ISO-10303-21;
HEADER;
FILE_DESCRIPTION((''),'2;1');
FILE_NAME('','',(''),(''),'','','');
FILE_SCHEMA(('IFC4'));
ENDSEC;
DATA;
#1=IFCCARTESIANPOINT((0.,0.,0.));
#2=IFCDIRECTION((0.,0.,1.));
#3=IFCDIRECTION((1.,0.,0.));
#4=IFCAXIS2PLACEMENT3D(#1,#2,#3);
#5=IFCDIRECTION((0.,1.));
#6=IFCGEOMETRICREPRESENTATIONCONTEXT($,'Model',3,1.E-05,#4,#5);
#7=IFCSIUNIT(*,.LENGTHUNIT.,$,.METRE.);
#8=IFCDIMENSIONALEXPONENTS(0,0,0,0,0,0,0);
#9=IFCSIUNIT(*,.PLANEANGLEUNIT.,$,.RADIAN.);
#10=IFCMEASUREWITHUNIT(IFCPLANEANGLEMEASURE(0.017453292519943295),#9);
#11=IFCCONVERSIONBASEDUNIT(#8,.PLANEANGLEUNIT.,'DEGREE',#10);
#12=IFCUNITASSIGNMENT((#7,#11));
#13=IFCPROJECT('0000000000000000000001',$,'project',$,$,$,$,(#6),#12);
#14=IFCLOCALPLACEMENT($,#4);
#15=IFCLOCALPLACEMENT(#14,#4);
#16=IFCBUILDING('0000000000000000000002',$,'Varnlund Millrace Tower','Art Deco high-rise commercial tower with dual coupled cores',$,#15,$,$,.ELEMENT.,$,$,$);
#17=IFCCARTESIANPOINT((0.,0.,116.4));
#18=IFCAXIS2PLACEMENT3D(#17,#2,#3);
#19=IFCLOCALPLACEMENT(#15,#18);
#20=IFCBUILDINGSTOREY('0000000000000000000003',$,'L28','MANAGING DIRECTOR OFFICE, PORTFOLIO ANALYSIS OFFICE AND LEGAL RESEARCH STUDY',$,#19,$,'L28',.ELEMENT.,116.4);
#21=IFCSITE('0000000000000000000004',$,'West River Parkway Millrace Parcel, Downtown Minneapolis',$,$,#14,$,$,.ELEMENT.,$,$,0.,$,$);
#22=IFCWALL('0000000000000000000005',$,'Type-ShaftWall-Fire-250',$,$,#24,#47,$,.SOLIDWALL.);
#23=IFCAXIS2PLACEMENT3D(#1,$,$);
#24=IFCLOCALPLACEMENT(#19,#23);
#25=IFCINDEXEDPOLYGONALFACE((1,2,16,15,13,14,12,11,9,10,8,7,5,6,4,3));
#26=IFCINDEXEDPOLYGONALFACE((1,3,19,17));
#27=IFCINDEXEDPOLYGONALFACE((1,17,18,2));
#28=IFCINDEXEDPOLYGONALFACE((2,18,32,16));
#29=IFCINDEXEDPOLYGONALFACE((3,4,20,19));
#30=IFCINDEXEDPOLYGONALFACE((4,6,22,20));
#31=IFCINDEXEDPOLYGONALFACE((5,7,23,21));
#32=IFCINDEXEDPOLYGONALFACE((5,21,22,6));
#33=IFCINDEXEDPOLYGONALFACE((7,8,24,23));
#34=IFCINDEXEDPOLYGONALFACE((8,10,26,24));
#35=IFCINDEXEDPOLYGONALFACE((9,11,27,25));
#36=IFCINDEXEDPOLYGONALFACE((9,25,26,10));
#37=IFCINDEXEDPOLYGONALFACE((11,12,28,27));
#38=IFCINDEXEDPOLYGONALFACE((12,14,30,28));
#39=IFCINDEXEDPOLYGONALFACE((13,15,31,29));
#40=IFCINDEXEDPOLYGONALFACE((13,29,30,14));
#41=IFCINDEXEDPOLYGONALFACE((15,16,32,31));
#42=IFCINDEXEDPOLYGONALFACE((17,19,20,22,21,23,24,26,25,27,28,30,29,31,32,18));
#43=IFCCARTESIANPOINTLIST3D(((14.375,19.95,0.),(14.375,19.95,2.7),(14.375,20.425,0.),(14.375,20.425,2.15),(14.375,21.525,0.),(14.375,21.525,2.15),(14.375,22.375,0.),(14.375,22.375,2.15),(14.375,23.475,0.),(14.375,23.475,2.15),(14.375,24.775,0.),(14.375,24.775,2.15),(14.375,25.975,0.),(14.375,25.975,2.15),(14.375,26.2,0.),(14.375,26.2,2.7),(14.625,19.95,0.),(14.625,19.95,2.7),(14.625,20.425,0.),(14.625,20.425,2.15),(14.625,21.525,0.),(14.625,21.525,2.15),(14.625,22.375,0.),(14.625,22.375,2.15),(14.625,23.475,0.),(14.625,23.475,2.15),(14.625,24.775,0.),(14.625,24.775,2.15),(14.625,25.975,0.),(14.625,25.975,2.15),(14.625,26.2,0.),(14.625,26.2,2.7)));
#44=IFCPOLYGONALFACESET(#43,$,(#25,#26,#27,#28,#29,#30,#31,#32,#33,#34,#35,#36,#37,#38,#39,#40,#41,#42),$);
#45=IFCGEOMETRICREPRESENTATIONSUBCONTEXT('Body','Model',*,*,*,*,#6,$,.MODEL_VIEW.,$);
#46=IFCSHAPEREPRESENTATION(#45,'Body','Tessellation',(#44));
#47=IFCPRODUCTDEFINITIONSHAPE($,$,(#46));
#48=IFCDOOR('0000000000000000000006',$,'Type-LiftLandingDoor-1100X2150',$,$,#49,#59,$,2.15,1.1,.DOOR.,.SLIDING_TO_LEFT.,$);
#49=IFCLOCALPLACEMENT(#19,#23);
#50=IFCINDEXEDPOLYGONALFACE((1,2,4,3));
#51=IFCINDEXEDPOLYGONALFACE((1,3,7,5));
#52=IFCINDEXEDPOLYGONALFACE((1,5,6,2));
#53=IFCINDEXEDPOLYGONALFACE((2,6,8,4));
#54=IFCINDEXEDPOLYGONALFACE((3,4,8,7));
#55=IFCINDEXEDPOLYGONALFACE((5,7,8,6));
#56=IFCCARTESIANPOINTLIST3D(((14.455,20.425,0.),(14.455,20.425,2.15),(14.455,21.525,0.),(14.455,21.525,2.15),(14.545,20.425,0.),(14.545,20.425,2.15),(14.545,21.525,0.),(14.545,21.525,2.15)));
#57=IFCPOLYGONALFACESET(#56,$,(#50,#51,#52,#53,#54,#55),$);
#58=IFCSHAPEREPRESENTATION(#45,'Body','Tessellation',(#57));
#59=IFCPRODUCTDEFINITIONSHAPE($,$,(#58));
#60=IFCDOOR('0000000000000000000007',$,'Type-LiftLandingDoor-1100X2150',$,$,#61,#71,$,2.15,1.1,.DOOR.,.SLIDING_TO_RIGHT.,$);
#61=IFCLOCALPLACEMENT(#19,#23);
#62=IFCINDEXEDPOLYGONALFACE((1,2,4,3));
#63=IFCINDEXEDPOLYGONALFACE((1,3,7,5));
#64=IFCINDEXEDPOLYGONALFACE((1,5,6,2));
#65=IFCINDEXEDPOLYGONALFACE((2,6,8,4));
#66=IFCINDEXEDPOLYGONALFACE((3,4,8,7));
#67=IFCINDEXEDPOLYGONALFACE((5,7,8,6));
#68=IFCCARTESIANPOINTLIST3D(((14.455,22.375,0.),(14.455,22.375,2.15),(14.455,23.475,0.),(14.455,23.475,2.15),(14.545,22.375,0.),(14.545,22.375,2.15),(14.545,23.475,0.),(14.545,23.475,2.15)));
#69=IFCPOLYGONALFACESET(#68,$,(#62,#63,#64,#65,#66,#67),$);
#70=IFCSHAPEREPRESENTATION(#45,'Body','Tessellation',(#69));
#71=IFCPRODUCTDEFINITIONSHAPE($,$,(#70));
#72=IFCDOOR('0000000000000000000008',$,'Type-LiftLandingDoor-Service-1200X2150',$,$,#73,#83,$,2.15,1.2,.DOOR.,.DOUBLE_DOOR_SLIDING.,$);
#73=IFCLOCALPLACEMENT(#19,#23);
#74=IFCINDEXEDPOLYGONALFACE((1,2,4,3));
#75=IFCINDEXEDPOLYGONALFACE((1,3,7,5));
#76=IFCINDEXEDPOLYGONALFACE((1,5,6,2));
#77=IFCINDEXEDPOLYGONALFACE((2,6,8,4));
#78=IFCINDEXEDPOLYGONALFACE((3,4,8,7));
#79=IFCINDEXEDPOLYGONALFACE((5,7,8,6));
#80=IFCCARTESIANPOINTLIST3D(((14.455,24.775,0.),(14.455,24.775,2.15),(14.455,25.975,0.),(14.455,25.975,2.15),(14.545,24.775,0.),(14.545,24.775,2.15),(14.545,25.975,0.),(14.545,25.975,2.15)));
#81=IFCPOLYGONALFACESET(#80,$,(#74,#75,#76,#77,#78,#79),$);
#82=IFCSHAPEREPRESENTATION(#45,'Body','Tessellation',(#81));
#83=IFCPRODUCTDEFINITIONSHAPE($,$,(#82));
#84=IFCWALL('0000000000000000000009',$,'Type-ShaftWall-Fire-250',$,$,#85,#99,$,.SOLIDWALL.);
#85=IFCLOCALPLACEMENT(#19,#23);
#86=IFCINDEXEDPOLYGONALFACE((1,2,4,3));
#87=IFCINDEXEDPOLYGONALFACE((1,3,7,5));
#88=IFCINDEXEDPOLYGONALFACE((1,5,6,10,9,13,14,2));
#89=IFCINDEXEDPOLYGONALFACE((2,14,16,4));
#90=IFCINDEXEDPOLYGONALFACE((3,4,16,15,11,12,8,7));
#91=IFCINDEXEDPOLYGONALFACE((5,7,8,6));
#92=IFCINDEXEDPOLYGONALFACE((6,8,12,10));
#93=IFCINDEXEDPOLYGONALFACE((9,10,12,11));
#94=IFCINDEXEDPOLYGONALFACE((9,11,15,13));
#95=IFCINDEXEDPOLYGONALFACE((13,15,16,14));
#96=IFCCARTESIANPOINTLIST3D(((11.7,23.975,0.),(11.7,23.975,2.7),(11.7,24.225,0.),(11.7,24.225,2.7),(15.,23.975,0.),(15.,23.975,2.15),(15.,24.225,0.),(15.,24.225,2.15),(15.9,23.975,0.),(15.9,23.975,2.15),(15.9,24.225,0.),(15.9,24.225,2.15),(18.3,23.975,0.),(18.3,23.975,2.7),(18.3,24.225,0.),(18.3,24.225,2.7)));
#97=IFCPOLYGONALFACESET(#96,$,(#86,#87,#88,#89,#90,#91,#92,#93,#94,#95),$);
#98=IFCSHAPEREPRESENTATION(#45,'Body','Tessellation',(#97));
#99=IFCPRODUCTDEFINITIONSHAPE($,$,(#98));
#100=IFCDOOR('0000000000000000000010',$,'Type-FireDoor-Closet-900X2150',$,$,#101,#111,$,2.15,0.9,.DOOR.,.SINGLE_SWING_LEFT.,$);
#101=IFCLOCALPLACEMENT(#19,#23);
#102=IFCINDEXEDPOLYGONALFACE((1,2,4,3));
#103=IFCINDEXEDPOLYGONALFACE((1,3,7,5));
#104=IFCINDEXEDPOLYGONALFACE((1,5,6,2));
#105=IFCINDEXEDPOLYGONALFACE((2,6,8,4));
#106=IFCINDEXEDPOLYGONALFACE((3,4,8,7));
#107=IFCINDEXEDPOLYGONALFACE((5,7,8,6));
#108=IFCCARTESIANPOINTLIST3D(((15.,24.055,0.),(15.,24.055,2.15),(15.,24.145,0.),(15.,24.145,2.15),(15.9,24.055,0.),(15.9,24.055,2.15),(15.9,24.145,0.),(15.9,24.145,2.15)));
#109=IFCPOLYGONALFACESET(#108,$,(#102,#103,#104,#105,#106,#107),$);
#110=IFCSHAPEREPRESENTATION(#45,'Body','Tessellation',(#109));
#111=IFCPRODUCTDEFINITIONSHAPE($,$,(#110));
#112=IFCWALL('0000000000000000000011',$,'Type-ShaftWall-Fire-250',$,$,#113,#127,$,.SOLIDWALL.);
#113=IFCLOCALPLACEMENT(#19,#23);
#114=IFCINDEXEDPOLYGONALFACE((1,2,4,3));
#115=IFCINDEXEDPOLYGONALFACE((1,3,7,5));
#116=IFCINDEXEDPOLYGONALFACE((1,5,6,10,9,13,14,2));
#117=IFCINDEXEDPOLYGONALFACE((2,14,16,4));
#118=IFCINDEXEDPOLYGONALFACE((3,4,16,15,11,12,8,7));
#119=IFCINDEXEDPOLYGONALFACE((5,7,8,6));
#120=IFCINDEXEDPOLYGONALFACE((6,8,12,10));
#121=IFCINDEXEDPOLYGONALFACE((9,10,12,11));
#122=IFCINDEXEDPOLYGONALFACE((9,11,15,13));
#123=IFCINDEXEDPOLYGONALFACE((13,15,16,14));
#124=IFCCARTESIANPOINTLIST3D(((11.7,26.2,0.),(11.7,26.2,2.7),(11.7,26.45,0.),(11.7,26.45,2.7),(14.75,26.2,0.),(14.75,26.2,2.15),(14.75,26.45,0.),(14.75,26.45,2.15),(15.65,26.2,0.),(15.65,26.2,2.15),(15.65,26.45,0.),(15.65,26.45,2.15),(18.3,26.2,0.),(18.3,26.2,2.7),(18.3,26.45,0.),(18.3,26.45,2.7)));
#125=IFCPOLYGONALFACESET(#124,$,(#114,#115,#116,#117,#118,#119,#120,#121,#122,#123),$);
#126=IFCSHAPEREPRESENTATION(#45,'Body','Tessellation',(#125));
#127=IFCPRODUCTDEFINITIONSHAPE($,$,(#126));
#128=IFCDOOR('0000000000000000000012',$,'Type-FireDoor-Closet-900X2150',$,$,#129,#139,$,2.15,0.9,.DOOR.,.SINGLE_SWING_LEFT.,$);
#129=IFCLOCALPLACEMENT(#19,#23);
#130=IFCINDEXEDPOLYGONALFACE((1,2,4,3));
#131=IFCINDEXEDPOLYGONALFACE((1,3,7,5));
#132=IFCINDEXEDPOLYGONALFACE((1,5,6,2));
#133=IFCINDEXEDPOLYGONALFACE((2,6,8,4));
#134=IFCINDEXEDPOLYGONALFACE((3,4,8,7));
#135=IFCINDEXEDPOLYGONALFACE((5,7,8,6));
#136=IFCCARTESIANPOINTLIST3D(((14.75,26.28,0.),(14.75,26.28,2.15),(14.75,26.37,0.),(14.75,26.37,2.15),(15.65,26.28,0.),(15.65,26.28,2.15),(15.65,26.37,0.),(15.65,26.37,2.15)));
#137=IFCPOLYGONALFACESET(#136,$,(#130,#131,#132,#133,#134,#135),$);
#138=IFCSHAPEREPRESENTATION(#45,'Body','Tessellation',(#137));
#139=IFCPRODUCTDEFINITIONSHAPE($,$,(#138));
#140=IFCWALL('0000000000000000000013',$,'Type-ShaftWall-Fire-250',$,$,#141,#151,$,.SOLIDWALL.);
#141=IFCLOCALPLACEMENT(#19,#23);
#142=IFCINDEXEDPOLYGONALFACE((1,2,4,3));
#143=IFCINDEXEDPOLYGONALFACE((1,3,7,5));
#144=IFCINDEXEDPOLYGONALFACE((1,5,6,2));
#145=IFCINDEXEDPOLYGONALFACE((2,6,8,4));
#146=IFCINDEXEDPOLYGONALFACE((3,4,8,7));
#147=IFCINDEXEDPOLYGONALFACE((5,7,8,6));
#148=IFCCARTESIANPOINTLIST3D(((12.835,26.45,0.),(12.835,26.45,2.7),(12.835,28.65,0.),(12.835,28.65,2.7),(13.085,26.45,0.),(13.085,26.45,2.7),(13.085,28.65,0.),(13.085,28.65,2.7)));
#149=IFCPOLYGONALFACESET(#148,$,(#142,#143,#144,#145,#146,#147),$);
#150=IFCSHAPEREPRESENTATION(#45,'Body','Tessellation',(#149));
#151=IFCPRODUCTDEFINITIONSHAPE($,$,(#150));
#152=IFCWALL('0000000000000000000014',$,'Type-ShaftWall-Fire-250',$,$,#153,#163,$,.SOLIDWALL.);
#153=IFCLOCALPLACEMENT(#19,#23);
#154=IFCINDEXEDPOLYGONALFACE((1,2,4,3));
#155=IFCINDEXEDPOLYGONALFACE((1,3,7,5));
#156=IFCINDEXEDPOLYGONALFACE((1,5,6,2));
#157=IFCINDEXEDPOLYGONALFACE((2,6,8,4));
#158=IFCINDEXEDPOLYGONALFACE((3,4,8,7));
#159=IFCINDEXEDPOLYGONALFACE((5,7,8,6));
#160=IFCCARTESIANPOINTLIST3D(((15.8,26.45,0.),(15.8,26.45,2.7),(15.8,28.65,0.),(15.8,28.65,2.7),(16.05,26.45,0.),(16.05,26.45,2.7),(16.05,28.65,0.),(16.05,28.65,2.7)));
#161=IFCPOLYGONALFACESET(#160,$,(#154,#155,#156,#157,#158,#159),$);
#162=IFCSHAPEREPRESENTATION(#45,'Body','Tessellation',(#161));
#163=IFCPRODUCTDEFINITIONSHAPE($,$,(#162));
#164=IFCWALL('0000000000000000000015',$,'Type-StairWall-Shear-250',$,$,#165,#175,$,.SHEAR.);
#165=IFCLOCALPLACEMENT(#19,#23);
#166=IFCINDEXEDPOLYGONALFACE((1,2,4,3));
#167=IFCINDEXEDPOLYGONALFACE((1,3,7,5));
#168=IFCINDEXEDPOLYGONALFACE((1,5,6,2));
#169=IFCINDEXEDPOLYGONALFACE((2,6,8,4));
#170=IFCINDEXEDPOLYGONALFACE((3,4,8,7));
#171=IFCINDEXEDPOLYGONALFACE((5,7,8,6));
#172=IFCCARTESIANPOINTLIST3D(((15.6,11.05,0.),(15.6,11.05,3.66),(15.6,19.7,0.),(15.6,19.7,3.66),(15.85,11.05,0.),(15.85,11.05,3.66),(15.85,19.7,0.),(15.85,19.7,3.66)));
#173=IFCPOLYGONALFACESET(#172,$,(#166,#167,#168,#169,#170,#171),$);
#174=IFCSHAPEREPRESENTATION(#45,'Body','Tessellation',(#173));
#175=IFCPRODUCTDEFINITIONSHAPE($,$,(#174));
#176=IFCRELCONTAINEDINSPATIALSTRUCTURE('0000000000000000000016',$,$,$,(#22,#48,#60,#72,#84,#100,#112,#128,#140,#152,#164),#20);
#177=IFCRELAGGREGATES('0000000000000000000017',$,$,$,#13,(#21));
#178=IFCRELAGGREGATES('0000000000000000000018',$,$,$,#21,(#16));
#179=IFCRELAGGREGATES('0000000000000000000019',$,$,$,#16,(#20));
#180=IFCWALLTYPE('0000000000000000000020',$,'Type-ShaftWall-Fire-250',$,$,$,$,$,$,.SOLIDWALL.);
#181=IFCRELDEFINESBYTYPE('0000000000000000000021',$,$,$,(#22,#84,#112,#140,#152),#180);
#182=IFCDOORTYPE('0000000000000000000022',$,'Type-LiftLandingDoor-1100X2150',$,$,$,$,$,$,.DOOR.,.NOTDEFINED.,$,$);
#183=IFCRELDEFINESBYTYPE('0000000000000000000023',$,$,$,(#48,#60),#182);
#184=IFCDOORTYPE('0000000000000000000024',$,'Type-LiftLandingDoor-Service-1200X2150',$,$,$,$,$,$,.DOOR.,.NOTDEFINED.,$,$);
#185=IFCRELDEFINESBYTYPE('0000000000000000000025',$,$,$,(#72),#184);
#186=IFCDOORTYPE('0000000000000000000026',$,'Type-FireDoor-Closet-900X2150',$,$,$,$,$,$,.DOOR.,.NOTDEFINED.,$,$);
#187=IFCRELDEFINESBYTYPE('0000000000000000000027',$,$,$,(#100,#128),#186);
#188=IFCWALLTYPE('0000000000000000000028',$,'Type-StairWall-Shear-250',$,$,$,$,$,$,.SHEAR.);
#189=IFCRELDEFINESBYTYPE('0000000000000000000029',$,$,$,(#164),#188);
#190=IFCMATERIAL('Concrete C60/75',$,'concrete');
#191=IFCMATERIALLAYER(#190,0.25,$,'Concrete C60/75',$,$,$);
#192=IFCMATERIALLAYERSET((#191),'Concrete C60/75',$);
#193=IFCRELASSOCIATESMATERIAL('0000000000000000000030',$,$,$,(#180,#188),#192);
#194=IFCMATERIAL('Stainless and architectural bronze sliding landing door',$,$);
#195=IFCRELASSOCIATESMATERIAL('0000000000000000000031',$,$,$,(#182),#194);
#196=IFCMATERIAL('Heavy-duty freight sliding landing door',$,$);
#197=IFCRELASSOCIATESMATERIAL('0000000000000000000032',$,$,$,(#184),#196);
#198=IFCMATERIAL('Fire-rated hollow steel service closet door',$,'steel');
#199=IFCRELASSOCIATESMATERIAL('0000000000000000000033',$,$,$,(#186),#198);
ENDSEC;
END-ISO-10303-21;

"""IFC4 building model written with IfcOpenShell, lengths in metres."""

from ifc_helpers import new_model, entity, si_unit, converted_unit, direction, frame, origin_with_axes, origin_2d_with_axis, place, context, subcontext, project, spatial, polyline, rectangle, outline, extrude, material, layer, layer_set, type_object, element, fill, save


model = new_model("IFC4")

# Units and contexts
model_context = context("Model", 3, precision=1e-05, world=origin_with_axes(), true_north=direction((0.0, 1.0)))
body_context = subcontext(model_context, "Body", "Model", "MODEL_VIEW")
ifc_project = project(units=[si_unit("LENGTHUNIT", "METRE"), converted_unit("PLANEANGLEUNIT", "DEGREE", entity("IfcPlaneAngleMeasure", 0.017453292519943295), si_unit("PLANEANGLEUNIT", "RADIAN"), dimensions=[0, 0, 0, 0, 0, 0, 0])], contexts=[model_context])

# Site, building, storey
site_placement = place(None, origin_with_axes())
site = spatial("IfcSite", under=ifc_project, at=site_placement, Name="West River Parkway Millrace Parcel, Downtown Minneapolis", CompositionType="ELEMENT", RefElevation=0.0)
building_placement = place(site_placement, origin_with_axes())
building = spatial("IfcBuilding", under=site, at=building_placement, Name="Varnlund Millrace Tower", Description="Art Deco high-rise commercial tower with dual coupled cores", CompositionType="ELEMENT")
storey_placement = place(building_placement, frame((0.0, 0.0, 116.4), z_axis=(0.0, 0.0, 1.0), x_axis=(1.0, 0.0, 0.0)))
storey = spatial("IfcBuildingStorey", under=building, at=storey_placement, Name="L28", Description="MANAGING DIRECTOR OFFICE, PORTFOLIO ANALYSIS OFFICE AND LEGAL RESEARCH STUDY", LongName="L28", CompositionType="ELEMENT", Elevation=116.4)

# Wall, openings, doors
ifc_material_1 = material(Name="Concrete C60/75", Category="concrete")
ifc_layer_1 = layer(ifc_material_1, 0.25, Name="Concrete C60/75")
ifc_layer_set_1 = layer_set([ifc_layer_1], Name="Concrete C60/75")
wall_type_1 = type_object("IfcWallType", Name="Type-ShaftWall-Fire-250", PredefinedType="SOLIDWALL", material=ifc_layer_set_1)
wall_1_placement = place(storey_placement, frame((14.5, 19.95, 0.0), z_axis=(0.0, 0.0, 1.0), x_axis=(0.0, 1.0, 0.0)))
wall_1 = element("IfcWall", 1, at=wall_1_placement, inside=storey, type_object=wall_type_1, Name="Type-ShaftWall-Fire-250", PredefinedType="SOLIDWALL", context=body_context, shape_type="SweptSolid", body=[
    extrude(outline(polyline([(0.0, -0.125), (6.25, -0.125), (6.25, 0.125), (0.0, 0.125), (0.0, -0.125)])), origin_with_axes(), (0.0, 0.0, 1.0), 2.7),
])
opening_1_placement = place(wall_1_placement, frame((1.025, 0.0, 0.0), z_axis=(0.0, 0.0, 1.0), x_axis=(1.0, 0.0, 0.0)))
opening_1 = element("IfcOpeningElement", 2, at=opening_1_placement, cuts=wall_1, PredefinedType="OPENING", context=body_context, shape_type="SweptSolid", body=[
    extrude(rectangle(XDim=1.1, YDim=0.27, at=origin_2d_with_axis()), origin_with_axes(), (0.0, 0.0, 1.0), 2.15),
])
opening_2_placement = place(wall_1_placement, frame((2.975, 0.0, 0.0), z_axis=(0.0, 0.0, 1.0), x_axis=(1.0, 0.0, 0.0)))
opening_2 = element("IfcOpeningElement", 3, at=opening_2_placement, cuts=wall_1, PredefinedType="OPENING", context=body_context, shape_type="SweptSolid", body=[
    extrude(rectangle(XDim=1.1, YDim=0.27, at=origin_2d_with_axis()), origin_with_axes(), (0.0, 0.0, 1.0), 2.15),
])
opening_3_placement = place(wall_1_placement, frame((5.425, 0.0, 0.0), z_axis=(0.0, 0.0, 1.0), x_axis=(1.0, 0.0, 0.0)))
opening_3 = element("IfcOpeningElement", 4, at=opening_3_placement, cuts=wall_1, PredefinedType="OPENING", context=body_context, shape_type="SweptSolid", body=[
    extrude(rectangle(XDim=1.2, YDim=0.27, at=origin_2d_with_axis()), origin_with_axes(), (0.0, 0.0, 1.0), 2.15),
])
ifc_material_2 = material(Name="Stainless and architectural bronze sliding landing door")
door_type_1 = type_object("IfcDoorType", Name="Type-LiftLandingDoor-1100X2150", OperationType="NOTDEFINED", PredefinedType="DOOR", material=ifc_material_2)
door_1_placement = place(wall_1_placement, frame((1.025, 0.0, 0.0), z_axis=(0.0, 0.0, 1.0), x_axis=(1.0, 0.0, 0.0)))
door_1 = element("IfcDoor", 5, at=door_1_placement, inside=storey, type_object=door_type_1, Name="Type-LiftLandingDoor-1100X2150", OperationType="SLIDING_TO_LEFT", OverallHeight=2.15, OverallWidth=1.1, PredefinedType="DOOR", context=body_context, shape_type="SweptSolid", body=[
    extrude(rectangle(XDim=1.1, YDim=0.09, at=origin_2d_with_axis()), origin_with_axes(), (0.0, 0.0, 1.0), 2.15),
])
fill(opening_1, door_1)
door_2_placement = place(wall_1_placement, frame((2.975, 0.0, 0.0), z_axis=(0.0, 0.0, 1.0), x_axis=(1.0, 0.0, 0.0)))
door_2 = element("IfcDoor", 6, at=door_2_placement, inside=storey, type_object=door_type_1, Name="Type-LiftLandingDoor-1100X2150", OperationType="SLIDING_TO_RIGHT", OverallHeight=2.15, OverallWidth=1.1, PredefinedType="DOOR", context=body_context, shape_type="SweptSolid", body=[
    extrude(rectangle(XDim=1.1, YDim=0.09, at=origin_2d_with_axis()), origin_with_axes(), (0.0, 0.0, 1.0), 2.15),
])
fill(opening_2, door_2)
ifc_material_3 = material(Name="Heavy-duty freight sliding landing door")
door_type_2 = type_object("IfcDoorType", Name="Type-LiftLandingDoor-Service-1200X2150", OperationType="NOTDEFINED", PredefinedType="DOOR", material=ifc_material_3)
door_3_placement = place(wall_1_placement, frame((5.425, 0.0, 0.0), z_axis=(0.0, 0.0, 1.0), x_axis=(1.0, 0.0, 0.0)))
door_3 = element("IfcDoor", 7, at=door_3_placement, inside=storey, type_object=door_type_2, Name="Type-LiftLandingDoor-Service-1200X2150", OperationType="DOUBLE_DOOR_SLIDING", OverallHeight=2.15, OverallWidth=1.2, PredefinedType="DOOR", context=body_context, shape_type="SweptSolid", body=[
    extrude(rectangle(XDim=1.2, YDim=0.09, at=origin_2d_with_axis()), origin_with_axes(), (0.0, 0.0, 1.0), 2.15),
])
fill(opening_3, door_3)

# Walls, openings, doors
wall_2_placement = place(storey_placement, frame((11.7, 24.1, 0.0), z_axis=(0.0, 0.0, 1.0), x_axis=(1.0, 0.0, 0.0)))
wall_2 = element("IfcWall", 8, at=wall_2_placement, inside=storey, type_object=wall_type_1, Name="Type-ShaftWall-Fire-250", PredefinedType="SOLIDWALL", context=body_context, shape_type="SweptSolid", body=[
    extrude(outline(polyline([(0.0, -0.125), (6.6, -0.125), (6.6, 0.125), (0.0, 0.125), (0.0, -0.125)])), origin_with_axes(), (0.0, 0.0, 1.0), 2.7),
])
opening_4_placement = place(wall_2_placement, frame((3.75, 0.0, 0.0), z_axis=(0.0, 0.0, 1.0), x_axis=(1.0, 0.0, 0.0)))
opening_4 = element("IfcOpeningElement", 9, at=opening_4_placement, cuts=wall_2, PredefinedType="OPENING", context=body_context, shape_type="SweptSolid", body=[
    extrude(rectangle(XDim=0.9, YDim=0.27, at=origin_2d_with_axis()), origin_with_axes(), (0.0, 0.0, 1.0), 2.15),
])
ifc_material_4 = material(Name="Fire-rated hollow steel service closet door", Category="steel")
door_type_3 = type_object("IfcDoorType", Name="Type-FireDoor-Closet-900X2150", OperationType="NOTDEFINED", PredefinedType="DOOR", material=ifc_material_4)
door_4_placement = place(wall_2_placement, frame((3.75, 0.0, 0.0), z_axis=(0.0, 0.0, 1.0), x_axis=(1.0, 0.0, 0.0)))
door_4 = element("IfcDoor", 10, at=door_4_placement, inside=storey, type_object=door_type_3, Name="Type-FireDoor-Closet-900X2150", OperationType="SINGLE_SWING_LEFT", OverallHeight=2.15, OverallWidth=0.9, PredefinedType="DOOR", context=body_context, shape_type="SweptSolid", body=[
    extrude(rectangle(XDim=0.9, YDim=0.09, at=origin_2d_with_axis()), origin_with_axes(), (0.0, 0.0, 1.0), 2.15),
])
fill(opening_4, door_4)
wall_3_placement = place(storey_placement, frame((11.7, 26.325, 0.0), z_axis=(0.0, 0.0, 1.0), x_axis=(1.0, 0.0, 0.0)))
wall_3 = element("IfcWall", 11, at=wall_3_placement, inside=storey, type_object=wall_type_1, Name="Type-ShaftWall-Fire-250", PredefinedType="SOLIDWALL", context=body_context, shape_type="SweptSolid", body=[
    extrude(outline(polyline([(0.0, -0.125), (6.6, -0.125), (6.6, 0.125), (0.0, 0.125), (0.0, -0.125)])), origin_with_axes(), (0.0, 0.0, 1.0), 2.7),
])
opening_5_placement = place(wall_3_placement, frame((3.5, 0.0, 0.0), z_axis=(0.0, 0.0, 1.0), x_axis=(1.0, 0.0, 0.0)))
opening_5 = element("IfcOpeningElement", 12, at=opening_5_placement, cuts=wall_3, PredefinedType="OPENING", context=body_context, shape_type="SweptSolid", body=[
    extrude(rectangle(XDim=0.9, YDim=0.27, at=origin_2d_with_axis()), origin_with_axes(), (0.0, 0.0, 1.0), 2.15),
])
door_5_placement = place(wall_3_placement, frame((3.5, 0.0, 0.0), z_axis=(0.0, 0.0, 1.0), x_axis=(1.0, 0.0, 0.0)))
door_5 = element("IfcDoor", 13, at=door_5_placement, inside=storey, type_object=door_type_3, Name="Type-FireDoor-Closet-900X2150", OperationType="SINGLE_SWING_LEFT", OverallHeight=2.15, OverallWidth=0.9, PredefinedType="DOOR", context=body_context, shape_type="SweptSolid", body=[
    extrude(rectangle(XDim=0.9, YDim=0.09, at=origin_2d_with_axis()), origin_with_axes(), (0.0, 0.0, 1.0), 2.15),
])
fill(opening_5, door_5)

# Walls
for number, where, z_axis, x_axis, name in (
    (14, (12.96, 26.45, 0.0), (0.0, 0.0, 1.0), (0.0, 1.0, 0.0), "Type-ShaftWall-Fire-250"),
    (15, (15.925, 26.45, 0.0), (0.0, 0.0, 1.0), (0.0, 1.0, 0.0), "Type-ShaftWall-Fire-250"),
):
    element("IfcWall", number, at=place(storey_placement, frame(where, z_axis=z_axis, x_axis=x_axis)), inside=storey, type_object=wall_type_1, Name=name, PredefinedType="SOLIDWALL", context=body_context, shape_type="SweptSolid", body=[
        extrude(outline(polyline([(0.0, -0.125), (2.2, -0.125), (2.2, 0.125), (0.0, 0.125), (0.0, -0.125)])), origin_with_axes(), (0.0, 0.0, 1.0), 2.7),
    ])
wall_type_2 = type_object("IfcWallType", Name="Type-StairWall-Shear-250", PredefinedType="SHEAR", material=ifc_layer_set_1)
wall_4_placement = place(storey_placement, frame((15.725, 11.05, 0.0), z_axis=(0.0, 0.0, 1.0), x_axis=(0.0, 1.0, 0.0)))
element("IfcWall", 16, at=wall_4_placement, inside=storey, type_object=wall_type_2, Name="Type-StairWall-Shear-250", PredefinedType="SHEAR", context=body_context, shape_type="SweptSolid", body=[
    extrude(outline(polyline([(0.0, -0.125), (8.65, -0.125), (8.65, 0.125), (0.0, 0.125), (0.0, -0.125)])), origin_with_axes(), (0.0, 0.0, 1.0), 3.66),
])

save(model, "model.ifc")
